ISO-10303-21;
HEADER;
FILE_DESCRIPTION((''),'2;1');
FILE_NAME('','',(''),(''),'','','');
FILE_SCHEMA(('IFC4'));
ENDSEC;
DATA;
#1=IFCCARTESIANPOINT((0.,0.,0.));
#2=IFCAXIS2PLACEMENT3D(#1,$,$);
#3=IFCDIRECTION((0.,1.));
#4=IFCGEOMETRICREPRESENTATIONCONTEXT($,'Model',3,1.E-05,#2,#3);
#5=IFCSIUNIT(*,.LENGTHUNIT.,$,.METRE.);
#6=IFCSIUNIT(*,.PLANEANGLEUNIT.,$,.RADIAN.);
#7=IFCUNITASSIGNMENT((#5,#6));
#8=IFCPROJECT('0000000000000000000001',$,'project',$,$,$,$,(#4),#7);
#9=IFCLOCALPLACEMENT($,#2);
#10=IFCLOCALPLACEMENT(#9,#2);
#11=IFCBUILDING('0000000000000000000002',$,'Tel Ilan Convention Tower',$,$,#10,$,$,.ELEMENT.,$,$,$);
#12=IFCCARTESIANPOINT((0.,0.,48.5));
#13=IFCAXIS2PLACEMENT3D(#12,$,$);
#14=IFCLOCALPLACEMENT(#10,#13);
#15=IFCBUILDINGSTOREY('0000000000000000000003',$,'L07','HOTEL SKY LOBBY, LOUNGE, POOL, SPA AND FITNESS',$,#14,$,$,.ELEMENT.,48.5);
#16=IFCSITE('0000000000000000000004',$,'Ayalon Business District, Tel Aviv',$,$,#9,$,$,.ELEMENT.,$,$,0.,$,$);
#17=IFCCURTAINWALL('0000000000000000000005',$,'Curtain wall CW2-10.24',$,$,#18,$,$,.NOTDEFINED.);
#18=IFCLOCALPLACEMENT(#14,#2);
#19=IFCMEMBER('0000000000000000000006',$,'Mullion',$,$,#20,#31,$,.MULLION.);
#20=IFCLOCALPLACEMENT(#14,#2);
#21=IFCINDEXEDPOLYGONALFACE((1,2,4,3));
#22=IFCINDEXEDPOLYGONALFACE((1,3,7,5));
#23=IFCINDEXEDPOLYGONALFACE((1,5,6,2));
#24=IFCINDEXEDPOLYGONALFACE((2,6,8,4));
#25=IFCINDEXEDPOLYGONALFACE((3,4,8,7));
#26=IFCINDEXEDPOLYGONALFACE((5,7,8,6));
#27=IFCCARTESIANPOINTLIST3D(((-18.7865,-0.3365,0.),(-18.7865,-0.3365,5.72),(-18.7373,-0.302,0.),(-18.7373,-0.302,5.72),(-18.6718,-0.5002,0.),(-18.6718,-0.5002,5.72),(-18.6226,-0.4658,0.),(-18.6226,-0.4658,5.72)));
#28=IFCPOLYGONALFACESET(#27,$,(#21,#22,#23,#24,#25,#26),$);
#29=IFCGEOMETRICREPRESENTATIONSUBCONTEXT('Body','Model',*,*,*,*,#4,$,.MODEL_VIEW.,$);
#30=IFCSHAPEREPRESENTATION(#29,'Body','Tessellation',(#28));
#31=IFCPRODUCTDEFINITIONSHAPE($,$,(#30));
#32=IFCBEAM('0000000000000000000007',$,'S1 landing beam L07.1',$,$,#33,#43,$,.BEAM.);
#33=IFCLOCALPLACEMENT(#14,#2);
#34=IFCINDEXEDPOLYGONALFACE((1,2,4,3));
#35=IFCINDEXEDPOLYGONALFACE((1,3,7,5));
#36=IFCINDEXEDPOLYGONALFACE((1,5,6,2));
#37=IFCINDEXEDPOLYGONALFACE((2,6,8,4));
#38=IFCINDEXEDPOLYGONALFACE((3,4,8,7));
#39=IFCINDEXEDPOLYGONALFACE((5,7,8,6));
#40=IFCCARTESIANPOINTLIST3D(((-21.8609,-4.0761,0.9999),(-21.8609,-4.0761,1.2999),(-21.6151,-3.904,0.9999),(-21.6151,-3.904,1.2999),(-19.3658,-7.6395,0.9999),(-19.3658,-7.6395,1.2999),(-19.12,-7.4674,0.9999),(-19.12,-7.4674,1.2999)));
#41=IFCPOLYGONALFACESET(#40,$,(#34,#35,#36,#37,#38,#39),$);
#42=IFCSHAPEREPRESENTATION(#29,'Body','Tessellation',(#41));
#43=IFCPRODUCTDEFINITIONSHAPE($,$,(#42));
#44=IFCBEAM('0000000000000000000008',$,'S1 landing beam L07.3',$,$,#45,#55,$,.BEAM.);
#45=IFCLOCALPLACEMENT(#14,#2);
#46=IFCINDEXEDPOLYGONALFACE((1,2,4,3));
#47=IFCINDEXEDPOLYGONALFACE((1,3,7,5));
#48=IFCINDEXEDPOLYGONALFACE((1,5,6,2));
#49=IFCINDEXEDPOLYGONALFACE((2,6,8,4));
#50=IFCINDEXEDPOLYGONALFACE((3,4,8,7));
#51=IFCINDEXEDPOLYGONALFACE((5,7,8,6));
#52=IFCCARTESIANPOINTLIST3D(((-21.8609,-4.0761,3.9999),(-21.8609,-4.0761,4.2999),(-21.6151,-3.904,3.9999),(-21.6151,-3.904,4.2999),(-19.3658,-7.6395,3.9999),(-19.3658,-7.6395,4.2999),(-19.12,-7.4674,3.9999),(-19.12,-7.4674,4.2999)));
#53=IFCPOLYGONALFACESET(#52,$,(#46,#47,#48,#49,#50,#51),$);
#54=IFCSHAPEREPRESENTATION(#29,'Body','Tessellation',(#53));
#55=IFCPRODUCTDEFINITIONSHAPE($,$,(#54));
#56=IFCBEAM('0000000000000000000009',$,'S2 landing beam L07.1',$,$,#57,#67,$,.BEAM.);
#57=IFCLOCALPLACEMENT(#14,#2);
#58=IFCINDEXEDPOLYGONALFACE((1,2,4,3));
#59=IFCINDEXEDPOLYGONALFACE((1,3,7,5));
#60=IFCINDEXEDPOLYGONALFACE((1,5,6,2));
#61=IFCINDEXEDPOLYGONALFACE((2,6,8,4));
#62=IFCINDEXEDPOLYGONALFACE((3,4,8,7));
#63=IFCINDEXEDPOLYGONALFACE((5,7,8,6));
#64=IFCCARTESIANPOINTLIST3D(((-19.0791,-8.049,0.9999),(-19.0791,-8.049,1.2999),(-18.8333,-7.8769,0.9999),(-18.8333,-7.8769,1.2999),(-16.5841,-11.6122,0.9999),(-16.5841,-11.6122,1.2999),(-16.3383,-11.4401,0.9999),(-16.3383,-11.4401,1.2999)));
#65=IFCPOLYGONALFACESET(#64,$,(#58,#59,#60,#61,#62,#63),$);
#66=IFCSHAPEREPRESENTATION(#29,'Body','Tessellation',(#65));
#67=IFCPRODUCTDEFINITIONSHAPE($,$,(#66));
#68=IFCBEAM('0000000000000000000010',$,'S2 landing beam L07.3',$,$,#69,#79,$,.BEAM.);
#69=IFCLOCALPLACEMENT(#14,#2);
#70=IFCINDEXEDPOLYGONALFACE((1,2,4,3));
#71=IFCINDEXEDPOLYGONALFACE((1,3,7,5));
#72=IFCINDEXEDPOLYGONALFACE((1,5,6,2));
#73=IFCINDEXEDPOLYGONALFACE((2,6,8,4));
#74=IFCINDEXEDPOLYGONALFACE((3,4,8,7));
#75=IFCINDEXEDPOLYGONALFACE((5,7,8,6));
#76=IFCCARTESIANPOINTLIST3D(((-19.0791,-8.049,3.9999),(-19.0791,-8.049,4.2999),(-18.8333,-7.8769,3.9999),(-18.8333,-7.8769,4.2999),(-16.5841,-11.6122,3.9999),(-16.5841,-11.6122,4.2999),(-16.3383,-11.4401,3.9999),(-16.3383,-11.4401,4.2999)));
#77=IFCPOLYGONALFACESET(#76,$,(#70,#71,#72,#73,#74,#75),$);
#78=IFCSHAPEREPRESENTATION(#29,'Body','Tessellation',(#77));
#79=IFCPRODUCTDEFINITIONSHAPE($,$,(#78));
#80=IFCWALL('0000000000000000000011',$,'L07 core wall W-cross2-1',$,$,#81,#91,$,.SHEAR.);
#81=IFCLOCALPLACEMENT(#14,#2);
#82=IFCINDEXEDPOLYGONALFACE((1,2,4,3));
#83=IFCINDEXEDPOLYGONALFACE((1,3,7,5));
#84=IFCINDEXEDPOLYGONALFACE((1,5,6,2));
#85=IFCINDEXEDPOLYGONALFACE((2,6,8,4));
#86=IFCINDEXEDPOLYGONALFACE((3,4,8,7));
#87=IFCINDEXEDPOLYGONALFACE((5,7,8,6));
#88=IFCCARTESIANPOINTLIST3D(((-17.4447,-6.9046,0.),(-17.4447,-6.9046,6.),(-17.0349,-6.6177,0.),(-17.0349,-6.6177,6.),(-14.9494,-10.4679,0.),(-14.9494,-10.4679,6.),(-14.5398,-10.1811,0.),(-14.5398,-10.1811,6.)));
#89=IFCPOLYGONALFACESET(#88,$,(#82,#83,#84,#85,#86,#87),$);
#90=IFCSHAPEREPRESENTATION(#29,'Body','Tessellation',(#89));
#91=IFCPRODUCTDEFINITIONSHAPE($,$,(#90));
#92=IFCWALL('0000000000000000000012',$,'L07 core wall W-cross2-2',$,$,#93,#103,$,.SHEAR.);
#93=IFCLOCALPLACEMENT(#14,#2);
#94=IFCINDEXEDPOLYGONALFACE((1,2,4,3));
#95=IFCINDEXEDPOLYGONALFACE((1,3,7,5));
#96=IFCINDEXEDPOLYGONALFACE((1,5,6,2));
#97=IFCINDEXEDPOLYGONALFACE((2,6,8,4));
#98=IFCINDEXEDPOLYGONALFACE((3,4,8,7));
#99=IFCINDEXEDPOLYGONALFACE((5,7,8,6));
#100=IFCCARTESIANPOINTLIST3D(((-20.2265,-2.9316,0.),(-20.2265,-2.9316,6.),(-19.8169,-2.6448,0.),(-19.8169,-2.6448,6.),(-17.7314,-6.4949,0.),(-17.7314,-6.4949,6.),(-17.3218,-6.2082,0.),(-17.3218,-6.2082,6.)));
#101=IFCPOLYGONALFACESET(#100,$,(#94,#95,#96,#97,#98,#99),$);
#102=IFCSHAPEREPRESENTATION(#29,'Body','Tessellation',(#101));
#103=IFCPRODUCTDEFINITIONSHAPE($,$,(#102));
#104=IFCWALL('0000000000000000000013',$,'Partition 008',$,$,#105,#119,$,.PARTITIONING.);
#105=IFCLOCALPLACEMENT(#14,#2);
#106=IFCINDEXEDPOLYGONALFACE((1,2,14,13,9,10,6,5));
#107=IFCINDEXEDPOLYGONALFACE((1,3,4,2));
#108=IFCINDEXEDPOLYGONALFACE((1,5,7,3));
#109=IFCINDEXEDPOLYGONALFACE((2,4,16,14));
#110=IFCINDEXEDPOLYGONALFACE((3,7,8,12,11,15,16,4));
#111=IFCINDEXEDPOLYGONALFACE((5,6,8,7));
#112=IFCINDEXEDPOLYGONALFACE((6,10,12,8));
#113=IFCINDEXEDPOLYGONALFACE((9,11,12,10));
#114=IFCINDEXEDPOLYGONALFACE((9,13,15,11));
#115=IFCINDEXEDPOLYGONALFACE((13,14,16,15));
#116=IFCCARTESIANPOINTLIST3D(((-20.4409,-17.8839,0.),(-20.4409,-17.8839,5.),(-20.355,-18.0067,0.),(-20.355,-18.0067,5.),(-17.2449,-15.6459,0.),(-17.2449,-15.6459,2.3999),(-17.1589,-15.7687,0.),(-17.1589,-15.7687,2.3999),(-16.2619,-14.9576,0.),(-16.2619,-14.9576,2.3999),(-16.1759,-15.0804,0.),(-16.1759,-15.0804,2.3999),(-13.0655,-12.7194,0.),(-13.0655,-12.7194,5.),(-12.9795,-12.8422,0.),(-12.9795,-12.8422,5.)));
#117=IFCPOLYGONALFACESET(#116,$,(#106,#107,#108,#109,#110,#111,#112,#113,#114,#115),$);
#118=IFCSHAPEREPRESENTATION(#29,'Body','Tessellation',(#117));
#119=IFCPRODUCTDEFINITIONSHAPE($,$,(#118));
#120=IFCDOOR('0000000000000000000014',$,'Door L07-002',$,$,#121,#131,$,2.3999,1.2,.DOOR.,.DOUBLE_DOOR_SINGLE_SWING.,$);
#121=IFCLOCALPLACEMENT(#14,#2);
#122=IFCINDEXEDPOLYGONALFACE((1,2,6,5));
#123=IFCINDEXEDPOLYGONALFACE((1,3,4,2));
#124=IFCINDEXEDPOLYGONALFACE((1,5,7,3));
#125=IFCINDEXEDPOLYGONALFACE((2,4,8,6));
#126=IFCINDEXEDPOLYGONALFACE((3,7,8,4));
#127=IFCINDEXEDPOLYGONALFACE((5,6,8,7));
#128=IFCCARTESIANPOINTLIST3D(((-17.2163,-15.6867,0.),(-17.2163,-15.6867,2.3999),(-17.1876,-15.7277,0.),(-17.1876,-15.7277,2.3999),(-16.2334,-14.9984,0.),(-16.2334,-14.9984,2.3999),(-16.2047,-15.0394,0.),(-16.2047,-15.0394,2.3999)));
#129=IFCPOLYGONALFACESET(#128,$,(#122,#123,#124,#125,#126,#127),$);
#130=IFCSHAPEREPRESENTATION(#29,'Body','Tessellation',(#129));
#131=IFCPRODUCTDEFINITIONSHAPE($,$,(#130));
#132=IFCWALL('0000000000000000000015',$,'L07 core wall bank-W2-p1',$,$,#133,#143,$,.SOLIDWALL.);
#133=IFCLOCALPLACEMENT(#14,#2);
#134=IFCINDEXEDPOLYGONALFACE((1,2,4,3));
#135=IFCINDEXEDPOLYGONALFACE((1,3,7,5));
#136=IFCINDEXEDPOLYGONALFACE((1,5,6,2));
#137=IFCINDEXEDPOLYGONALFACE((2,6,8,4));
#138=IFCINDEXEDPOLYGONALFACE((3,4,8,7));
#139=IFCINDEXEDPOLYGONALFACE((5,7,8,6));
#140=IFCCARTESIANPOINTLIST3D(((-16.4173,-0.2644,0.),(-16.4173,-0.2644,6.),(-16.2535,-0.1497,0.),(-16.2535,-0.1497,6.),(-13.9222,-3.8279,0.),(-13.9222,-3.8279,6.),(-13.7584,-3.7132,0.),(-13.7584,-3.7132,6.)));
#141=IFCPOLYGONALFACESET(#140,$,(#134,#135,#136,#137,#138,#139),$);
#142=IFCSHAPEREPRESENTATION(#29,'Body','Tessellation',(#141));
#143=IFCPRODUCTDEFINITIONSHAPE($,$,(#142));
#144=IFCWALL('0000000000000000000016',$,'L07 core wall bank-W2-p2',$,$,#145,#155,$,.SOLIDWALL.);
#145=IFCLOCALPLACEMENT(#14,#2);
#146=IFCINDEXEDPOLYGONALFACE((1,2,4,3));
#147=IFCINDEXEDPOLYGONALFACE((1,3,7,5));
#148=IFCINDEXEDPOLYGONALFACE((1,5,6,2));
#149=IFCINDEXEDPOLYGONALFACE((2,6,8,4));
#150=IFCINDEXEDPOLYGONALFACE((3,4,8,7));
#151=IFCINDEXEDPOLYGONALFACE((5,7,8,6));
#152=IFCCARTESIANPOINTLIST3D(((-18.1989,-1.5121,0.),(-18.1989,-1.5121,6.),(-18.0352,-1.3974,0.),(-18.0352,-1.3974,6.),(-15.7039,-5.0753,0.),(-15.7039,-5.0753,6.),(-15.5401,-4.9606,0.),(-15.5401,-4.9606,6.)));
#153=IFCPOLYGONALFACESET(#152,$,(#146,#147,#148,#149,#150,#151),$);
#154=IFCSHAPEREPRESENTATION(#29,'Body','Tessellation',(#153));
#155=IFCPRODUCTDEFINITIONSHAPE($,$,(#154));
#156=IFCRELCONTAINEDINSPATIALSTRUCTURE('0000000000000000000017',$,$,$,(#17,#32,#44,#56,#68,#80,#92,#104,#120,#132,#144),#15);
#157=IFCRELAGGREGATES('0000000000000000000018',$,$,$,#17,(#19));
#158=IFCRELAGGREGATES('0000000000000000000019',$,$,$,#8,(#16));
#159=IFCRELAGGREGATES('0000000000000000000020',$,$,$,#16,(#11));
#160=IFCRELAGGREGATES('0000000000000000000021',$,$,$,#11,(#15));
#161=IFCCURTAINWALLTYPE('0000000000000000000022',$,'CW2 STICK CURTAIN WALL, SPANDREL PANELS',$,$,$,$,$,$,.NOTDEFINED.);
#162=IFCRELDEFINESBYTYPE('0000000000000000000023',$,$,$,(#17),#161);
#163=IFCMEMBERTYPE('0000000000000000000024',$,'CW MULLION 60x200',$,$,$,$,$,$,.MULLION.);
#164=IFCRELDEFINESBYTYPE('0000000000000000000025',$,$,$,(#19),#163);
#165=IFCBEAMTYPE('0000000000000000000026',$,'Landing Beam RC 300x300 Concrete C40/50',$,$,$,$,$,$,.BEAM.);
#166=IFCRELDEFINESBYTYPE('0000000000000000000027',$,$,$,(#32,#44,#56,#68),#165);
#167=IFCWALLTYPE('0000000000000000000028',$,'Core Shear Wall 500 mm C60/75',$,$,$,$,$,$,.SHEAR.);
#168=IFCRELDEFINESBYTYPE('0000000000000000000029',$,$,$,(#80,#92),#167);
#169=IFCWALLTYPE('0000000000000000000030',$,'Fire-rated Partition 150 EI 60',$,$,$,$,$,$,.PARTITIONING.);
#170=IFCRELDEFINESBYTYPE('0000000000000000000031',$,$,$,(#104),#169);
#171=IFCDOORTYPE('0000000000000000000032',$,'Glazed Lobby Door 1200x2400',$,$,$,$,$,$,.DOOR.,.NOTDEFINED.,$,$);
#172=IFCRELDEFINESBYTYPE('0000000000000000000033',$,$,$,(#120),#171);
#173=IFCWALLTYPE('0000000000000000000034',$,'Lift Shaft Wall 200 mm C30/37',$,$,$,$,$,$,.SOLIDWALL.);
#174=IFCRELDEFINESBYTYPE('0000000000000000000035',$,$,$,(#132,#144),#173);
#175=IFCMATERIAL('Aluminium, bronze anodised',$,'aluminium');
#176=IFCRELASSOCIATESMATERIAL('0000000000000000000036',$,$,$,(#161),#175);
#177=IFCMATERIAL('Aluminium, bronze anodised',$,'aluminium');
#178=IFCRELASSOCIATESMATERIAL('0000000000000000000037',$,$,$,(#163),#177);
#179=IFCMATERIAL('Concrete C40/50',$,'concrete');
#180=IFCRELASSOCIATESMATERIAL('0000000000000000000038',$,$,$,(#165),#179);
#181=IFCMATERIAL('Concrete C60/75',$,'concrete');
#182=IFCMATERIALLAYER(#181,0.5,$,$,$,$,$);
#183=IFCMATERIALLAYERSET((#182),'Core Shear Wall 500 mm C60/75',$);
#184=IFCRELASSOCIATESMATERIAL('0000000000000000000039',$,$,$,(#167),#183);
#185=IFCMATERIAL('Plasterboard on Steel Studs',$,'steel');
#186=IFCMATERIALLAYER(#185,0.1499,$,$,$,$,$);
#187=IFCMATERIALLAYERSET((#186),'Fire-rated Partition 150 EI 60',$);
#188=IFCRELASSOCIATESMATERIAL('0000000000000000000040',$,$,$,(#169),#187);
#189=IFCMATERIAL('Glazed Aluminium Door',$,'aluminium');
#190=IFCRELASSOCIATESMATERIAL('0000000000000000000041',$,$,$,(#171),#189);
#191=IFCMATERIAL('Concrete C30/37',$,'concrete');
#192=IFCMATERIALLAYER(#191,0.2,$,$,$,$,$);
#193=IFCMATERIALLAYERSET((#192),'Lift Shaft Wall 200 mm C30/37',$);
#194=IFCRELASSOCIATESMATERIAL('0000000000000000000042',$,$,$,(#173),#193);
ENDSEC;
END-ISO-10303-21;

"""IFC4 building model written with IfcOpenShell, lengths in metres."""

from ifc_helpers import new_model, si_unit, direction, frame, frame_2d, origin, origin_2d, place, context, subcontext, project, spatial, polyline, rectangle, outline, extrude, material, layer, layer_set, material_profile, profile_set, type_object, element, fill, aggregate, save


model = new_model("IFC4")

# Units and contexts
model_context = context("Model", 3, precision=1e-05, world=origin(), true_north=direction((0.0, 1.0)))
body_context = subcontext(model_context, "Body", "Model", "MODEL_VIEW")
ifc_project = project(units=[si_unit("LENGTHUNIT", "METRE"), si_unit("PLANEANGLEUNIT", "RADIAN")], contexts=[model_context])

# Site, building, storey
site_placement = place(None, origin())
site = spatial("IfcSite", under=ifc_project, at=site_placement, Name="Ayalon Business District, Tel Aviv", CompositionType="ELEMENT", RefElevation=0.0)
building_placement = place(site_placement, origin())
building = spatial("IfcBuilding", under=site, at=building_placement, Name="Tel Ilan Convention Tower", CompositionType="ELEMENT")
storey_placement = place(building_placement, frame((0.0, 0.0, 48.5)))
storey = spatial("IfcBuildingStorey", under=building, at=storey_placement, Name="L07", Description="HOTEL SKY LOBBY, LOUNGE, POOL, SPA AND FITNESS", CompositionType="ELEMENT", Elevation=48.5)

# Curtain wall, member
ifc_material_1 = material(Name="Aluminium, bronze anodised", Category="aluminium")
curtain_wall_type = type_object("IfcCurtainWallType", Name="CW2 STICK CURTAIN WALL, SPANDREL PANELS", PredefinedType="NOTDEFINED", material=ifc_material_1)
curtain_wall_placement = place(storey_placement, origin())
curtain_wall = element("IfcCurtainWall", 1, at=curtain_wall_placement, inside=storey, type_object=curtain_wall_type, Name="Curtain wall CW2-10.24", PredefinedType="NOTDEFINED")
ifc_material_2 = material(Name="Aluminium, bronze anodised", Category="aluminium")
ifc_material_profile_1 = material_profile(ifc_material_2, rectangle(XDim=0.0601, YDim=0.2, at=origin_2d()), Name="CW MULLION 60x200")
ifc_profile_set_1 = profile_set([ifc_material_profile_1], Name="Aluminium, bronze anodised")
member_type = type_object("IfcMemberType", Name="CW MULLION 60x200", PredefinedType="MULLION", material=ifc_profile_set_1)
member_placement = place(storey_placement, frame((-18.7046, -0.4011, 0.0), z_axis=(0.0, 0.0, 1.0), x_axis=(-0.819152, -0.573576, 0.0)))
member = element("IfcMember", 2, at=member_placement, type_object=member_type, Name="Mullion", PredefinedType="MULLION", context=body_context, shape_type="SweptSolid", body=[
    extrude(rectangle(XDim=0.0601, YDim=0.2, at=origin_2d()), origin(), (0.0, 0.0, 1.0), 5.72),
])
aggregate(curtain_wall, [member])

# Beams
ifc_material_3 = material(Name="Concrete C40/50", Category="concrete")
ifc_material_profile_2 = material_profile(ifc_material_3, rectangle(XDim=0.3, YDim=0.3, at=origin_2d()), Name="RC 300x300")
ifc_profile_set_2 = profile_set([ifc_material_profile_2], Name="Concrete C40/50")
beam_type = type_object("IfcBeamType", Name="Landing Beam RC 300x300 Concrete C40/50", PredefinedType="BEAM", material=ifc_profile_set_2)
for number, where, z_axis, x_axis, name in (
    (3, (-19.2429, -7.5535, 1.1499), (-0.573568, 0.819158, 0.0), (-0.819158, -0.573568, 0.0), "S1 landing beam L07.1"),
    (4, (-19.2429, -7.5535, 4.1499), (-0.573568, 0.819158, 0.0), (-0.819158, -0.573568, 0.0), "S1 landing beam L07.3"),
):
    element("IfcBeam", number, at=place(storey_placement, frame(where, z_axis=z_axis, x_axis=x_axis)), inside=storey, type_object=beam_type, Name=name, PredefinedType="BEAM", context=body_context, shape_type="SweptSolid", body=[
        extrude(rectangle(XDim=0.3, YDim=0.3, at=origin_2d()), origin(), (0.0, 0.0, 1.0), 4.3501),
    ])
for number, where, z_axis, x_axis, name in (
    (5, (-16.4612, -11.5261, 1.1499), (-0.573594, 0.81914, 0.0), (-0.81914, -0.573594, 0.0), "S2 landing beam L07.1"),
    (6, (-16.4612, -11.5261, 4.1499), (-0.573594, 0.81914, 0.0), (-0.81914, -0.573594, 0.0), "S2 landing beam L07.3"),
):
    element("IfcBeam", number, at=place(storey_placement, frame(where, z_axis=z_axis, x_axis=x_axis)), inside=storey, type_object=beam_type, Name=name, PredefinedType="BEAM", context=body_context, shape_type="SweptSolid", body=[
        extrude(rectangle(XDim=0.3, YDim=0.3, at=origin_2d()), origin(), (0.0, 0.0, 1.0), 4.3499),
    ])

# Walls
ifc_material_4 = material(Name="Concrete C60/75", Category="concrete")
ifc_layer_1 = layer(ifc_material_4, 0.5)
ifc_layer_set_1 = layer_set([ifc_layer_1], Name="Core Shear Wall 500 mm C60/75")
wall_type_1 = type_object("IfcWallType", Name="Core Shear Wall 500 mm C60/75", PredefinedType="SHEAR", material=ifc_layer_set_1)
wall_1_placement = place(storey_placement, frame((-14.7446, -10.3245, 0.0), z_axis=(0.0, 0.0, 1.0), x_axis=(-0.573568, 0.819158, 0.0)))
element("IfcWall", 7, at=wall_1_placement, inside=storey, type_object=wall_type_1, Name="L07 core wall W-cross2-1", PredefinedType="SHEAR", context=body_context, shape_type="SweptSolid", body=[
    extrude(outline(polyline([(4.3501, 0.2502), (0.0, 0.25), (0.0, -0.25), (4.3501, -0.25), (4.3501, 0.2502)])), origin(), (0.0, 0.0, 1.0), 6.0),
])
wall_2_placement = place(storey_placement, frame((-17.5266, -6.3516, 0.0), z_axis=(0.0, 0.0, 1.0), x_axis=(-0.57353, 0.819184, 0.0)))
element("IfcWall", 8, at=wall_2_placement, inside=storey, type_object=wall_type_1, Name="L07 core wall W-cross2-2", PredefinedType="SHEAR", context=body_context, shape_type="SweptSolid", body=[
    extrude(outline(polyline([(4.3501, -0.2498), (4.3501, 0.2502), (0.0, 0.25), (0.0, -0.25), (4.3501, -0.2498)])), origin(), (0.0, 0.0, 1.0), 6.0),
])

# Wall, opening, door
ifc_material_5 = material(Name="Plasterboard on Steel Studs", Category="steel")
ifc_layer_2 = layer(ifc_material_5, 0.1499)
ifc_layer_set_2 = layer_set([ifc_layer_2], Name="Fire-rated Partition 150 EI 60")
wall_type_2 = type_object("IfcWallType", Name="Fire-rated Partition 150 EI 60", PredefinedType="PARTITIONING", material=ifc_layer_set_2)
wall_3_placement = place(storey_placement, frame((-13.0225, -12.7808, 0.0), z_axis=(0.0, 0.0, 1.0), x_axis=(-0.819143, -0.57359, 0.0)))
wall_3 = element("IfcWall", 9, at=wall_3_placement, inside=storey, type_object=wall_type_2, Name="Partition 008", PredefinedType="PARTITIONING", context=body_context, shape_type="SweptSolid", body=[
    extrude(rectangle(XDim=9.0039, YDim=0.1499, at=frame_2d((4.502, 0.0))), origin(), (0.0, 0.0, 1.0), 5.0),
])
opening_placement = place(wall_3_placement, frame((3.9021, 0.0, 0.0)))
opening = element("IfcOpeningElement", 10, at=opening_placement, cuts=wall_3, PredefinedType="OPENING", context=body_context, shape_type="SweptSolid", body=[
    extrude(rectangle(XDim=1.2, YDim=2.3999, at=frame_2d((0.6001, 1.2))), frame((0.0, 0.085, 0.0), z_axis=(0.0, -1.0, 0.0), x_axis=(1.0, 0.0, 0.0)), (0.0, 0.0, 1.0), 0.1699),
])
ifc_material_6 = material(Name="Glazed Aluminium Door", Category="aluminium")
door_type = type_object("IfcDoorType", Name="Glazed Lobby Door 1200x2400", OperationType="NOTDEFINED", PredefinedType="DOOR", material=ifc_material_6)
door_placement = place(opening_placement, origin())
door = element("IfcDoor", 11, at=door_placement, inside=storey, type_object=door_type, Name="Door L07-002", OperationType="DOUBLE_DOOR_SINGLE_SWING", OverallHeight=2.3999, OverallWidth=1.2, PredefinedType="DOOR", context=body_context, shape_type="SweptSolid", body=[
    extrude(rectangle(XDim=1.2, YDim=2.3999, at=frame_2d((0.6001, 1.2))), frame((0.0, 0.0249, 0.0), z_axis=(0.0, -1.0, 0.0), x_axis=(1.0, 0.0, 0.0)), (0.0, 0.0, 1.0), 0.05),
])
fill(opening, door)

# Walls
ifc_material_7 = material(Name="Concrete C30/37", Category="concrete")
ifc_layer_3 = layer(ifc_material_7, 0.2)
ifc_layer_set_3 = layer_set([ifc_layer_3], Name="Lift Shaft Wall 200 mm C30/37")
wall_type_3 = type_object("IfcWallType", Name="Lift Shaft Wall 200 mm C30/37", PredefinedType="SOLIDWALL", material=ifc_layer_set_3)
wall_4_placement = place(storey_placement, frame((-13.8403, -3.7705, 0.0), z_axis=(0.0, 0.0, 1.0), x_axis=(-0.573568, 0.819158, 0.0)))
element("IfcWall", 12, at=wall_4_placement, inside=storey, type_object=wall_type_3, Name="L07 core wall bank-W2-p1", PredefinedType="SOLIDWALL", context=body_context, shape_type="SweptSolid", body=[
    extrude(rectangle(XDim=4.3501, YDim=0.2, at=frame_2d((2.175, 0.0))), origin(), (0.0, 0.0, 1.0), 6.0),
])
wall_5_placement = place(storey_placement, frame((-15.6221, -5.0178, 0.0), z_axis=(0.0, 0.0, 1.0), x_axis=(-0.573594, 0.81914, 0.0)))
element("IfcWall", 13, at=wall_5_placement, inside=storey, type_object=wall_type_3, Name="L07 core wall bank-W2-p2", PredefinedType="SOLIDWALL", context=body_context, shape_type="SweptSolid", body=[
    extrude(rectangle(XDim=4.3499, YDim=0.2, at=frame_2d((2.1748, 0.0))), origin(), (0.0, 0.0, 1.0), 6.0),
])

save(model, "model.ifc")
